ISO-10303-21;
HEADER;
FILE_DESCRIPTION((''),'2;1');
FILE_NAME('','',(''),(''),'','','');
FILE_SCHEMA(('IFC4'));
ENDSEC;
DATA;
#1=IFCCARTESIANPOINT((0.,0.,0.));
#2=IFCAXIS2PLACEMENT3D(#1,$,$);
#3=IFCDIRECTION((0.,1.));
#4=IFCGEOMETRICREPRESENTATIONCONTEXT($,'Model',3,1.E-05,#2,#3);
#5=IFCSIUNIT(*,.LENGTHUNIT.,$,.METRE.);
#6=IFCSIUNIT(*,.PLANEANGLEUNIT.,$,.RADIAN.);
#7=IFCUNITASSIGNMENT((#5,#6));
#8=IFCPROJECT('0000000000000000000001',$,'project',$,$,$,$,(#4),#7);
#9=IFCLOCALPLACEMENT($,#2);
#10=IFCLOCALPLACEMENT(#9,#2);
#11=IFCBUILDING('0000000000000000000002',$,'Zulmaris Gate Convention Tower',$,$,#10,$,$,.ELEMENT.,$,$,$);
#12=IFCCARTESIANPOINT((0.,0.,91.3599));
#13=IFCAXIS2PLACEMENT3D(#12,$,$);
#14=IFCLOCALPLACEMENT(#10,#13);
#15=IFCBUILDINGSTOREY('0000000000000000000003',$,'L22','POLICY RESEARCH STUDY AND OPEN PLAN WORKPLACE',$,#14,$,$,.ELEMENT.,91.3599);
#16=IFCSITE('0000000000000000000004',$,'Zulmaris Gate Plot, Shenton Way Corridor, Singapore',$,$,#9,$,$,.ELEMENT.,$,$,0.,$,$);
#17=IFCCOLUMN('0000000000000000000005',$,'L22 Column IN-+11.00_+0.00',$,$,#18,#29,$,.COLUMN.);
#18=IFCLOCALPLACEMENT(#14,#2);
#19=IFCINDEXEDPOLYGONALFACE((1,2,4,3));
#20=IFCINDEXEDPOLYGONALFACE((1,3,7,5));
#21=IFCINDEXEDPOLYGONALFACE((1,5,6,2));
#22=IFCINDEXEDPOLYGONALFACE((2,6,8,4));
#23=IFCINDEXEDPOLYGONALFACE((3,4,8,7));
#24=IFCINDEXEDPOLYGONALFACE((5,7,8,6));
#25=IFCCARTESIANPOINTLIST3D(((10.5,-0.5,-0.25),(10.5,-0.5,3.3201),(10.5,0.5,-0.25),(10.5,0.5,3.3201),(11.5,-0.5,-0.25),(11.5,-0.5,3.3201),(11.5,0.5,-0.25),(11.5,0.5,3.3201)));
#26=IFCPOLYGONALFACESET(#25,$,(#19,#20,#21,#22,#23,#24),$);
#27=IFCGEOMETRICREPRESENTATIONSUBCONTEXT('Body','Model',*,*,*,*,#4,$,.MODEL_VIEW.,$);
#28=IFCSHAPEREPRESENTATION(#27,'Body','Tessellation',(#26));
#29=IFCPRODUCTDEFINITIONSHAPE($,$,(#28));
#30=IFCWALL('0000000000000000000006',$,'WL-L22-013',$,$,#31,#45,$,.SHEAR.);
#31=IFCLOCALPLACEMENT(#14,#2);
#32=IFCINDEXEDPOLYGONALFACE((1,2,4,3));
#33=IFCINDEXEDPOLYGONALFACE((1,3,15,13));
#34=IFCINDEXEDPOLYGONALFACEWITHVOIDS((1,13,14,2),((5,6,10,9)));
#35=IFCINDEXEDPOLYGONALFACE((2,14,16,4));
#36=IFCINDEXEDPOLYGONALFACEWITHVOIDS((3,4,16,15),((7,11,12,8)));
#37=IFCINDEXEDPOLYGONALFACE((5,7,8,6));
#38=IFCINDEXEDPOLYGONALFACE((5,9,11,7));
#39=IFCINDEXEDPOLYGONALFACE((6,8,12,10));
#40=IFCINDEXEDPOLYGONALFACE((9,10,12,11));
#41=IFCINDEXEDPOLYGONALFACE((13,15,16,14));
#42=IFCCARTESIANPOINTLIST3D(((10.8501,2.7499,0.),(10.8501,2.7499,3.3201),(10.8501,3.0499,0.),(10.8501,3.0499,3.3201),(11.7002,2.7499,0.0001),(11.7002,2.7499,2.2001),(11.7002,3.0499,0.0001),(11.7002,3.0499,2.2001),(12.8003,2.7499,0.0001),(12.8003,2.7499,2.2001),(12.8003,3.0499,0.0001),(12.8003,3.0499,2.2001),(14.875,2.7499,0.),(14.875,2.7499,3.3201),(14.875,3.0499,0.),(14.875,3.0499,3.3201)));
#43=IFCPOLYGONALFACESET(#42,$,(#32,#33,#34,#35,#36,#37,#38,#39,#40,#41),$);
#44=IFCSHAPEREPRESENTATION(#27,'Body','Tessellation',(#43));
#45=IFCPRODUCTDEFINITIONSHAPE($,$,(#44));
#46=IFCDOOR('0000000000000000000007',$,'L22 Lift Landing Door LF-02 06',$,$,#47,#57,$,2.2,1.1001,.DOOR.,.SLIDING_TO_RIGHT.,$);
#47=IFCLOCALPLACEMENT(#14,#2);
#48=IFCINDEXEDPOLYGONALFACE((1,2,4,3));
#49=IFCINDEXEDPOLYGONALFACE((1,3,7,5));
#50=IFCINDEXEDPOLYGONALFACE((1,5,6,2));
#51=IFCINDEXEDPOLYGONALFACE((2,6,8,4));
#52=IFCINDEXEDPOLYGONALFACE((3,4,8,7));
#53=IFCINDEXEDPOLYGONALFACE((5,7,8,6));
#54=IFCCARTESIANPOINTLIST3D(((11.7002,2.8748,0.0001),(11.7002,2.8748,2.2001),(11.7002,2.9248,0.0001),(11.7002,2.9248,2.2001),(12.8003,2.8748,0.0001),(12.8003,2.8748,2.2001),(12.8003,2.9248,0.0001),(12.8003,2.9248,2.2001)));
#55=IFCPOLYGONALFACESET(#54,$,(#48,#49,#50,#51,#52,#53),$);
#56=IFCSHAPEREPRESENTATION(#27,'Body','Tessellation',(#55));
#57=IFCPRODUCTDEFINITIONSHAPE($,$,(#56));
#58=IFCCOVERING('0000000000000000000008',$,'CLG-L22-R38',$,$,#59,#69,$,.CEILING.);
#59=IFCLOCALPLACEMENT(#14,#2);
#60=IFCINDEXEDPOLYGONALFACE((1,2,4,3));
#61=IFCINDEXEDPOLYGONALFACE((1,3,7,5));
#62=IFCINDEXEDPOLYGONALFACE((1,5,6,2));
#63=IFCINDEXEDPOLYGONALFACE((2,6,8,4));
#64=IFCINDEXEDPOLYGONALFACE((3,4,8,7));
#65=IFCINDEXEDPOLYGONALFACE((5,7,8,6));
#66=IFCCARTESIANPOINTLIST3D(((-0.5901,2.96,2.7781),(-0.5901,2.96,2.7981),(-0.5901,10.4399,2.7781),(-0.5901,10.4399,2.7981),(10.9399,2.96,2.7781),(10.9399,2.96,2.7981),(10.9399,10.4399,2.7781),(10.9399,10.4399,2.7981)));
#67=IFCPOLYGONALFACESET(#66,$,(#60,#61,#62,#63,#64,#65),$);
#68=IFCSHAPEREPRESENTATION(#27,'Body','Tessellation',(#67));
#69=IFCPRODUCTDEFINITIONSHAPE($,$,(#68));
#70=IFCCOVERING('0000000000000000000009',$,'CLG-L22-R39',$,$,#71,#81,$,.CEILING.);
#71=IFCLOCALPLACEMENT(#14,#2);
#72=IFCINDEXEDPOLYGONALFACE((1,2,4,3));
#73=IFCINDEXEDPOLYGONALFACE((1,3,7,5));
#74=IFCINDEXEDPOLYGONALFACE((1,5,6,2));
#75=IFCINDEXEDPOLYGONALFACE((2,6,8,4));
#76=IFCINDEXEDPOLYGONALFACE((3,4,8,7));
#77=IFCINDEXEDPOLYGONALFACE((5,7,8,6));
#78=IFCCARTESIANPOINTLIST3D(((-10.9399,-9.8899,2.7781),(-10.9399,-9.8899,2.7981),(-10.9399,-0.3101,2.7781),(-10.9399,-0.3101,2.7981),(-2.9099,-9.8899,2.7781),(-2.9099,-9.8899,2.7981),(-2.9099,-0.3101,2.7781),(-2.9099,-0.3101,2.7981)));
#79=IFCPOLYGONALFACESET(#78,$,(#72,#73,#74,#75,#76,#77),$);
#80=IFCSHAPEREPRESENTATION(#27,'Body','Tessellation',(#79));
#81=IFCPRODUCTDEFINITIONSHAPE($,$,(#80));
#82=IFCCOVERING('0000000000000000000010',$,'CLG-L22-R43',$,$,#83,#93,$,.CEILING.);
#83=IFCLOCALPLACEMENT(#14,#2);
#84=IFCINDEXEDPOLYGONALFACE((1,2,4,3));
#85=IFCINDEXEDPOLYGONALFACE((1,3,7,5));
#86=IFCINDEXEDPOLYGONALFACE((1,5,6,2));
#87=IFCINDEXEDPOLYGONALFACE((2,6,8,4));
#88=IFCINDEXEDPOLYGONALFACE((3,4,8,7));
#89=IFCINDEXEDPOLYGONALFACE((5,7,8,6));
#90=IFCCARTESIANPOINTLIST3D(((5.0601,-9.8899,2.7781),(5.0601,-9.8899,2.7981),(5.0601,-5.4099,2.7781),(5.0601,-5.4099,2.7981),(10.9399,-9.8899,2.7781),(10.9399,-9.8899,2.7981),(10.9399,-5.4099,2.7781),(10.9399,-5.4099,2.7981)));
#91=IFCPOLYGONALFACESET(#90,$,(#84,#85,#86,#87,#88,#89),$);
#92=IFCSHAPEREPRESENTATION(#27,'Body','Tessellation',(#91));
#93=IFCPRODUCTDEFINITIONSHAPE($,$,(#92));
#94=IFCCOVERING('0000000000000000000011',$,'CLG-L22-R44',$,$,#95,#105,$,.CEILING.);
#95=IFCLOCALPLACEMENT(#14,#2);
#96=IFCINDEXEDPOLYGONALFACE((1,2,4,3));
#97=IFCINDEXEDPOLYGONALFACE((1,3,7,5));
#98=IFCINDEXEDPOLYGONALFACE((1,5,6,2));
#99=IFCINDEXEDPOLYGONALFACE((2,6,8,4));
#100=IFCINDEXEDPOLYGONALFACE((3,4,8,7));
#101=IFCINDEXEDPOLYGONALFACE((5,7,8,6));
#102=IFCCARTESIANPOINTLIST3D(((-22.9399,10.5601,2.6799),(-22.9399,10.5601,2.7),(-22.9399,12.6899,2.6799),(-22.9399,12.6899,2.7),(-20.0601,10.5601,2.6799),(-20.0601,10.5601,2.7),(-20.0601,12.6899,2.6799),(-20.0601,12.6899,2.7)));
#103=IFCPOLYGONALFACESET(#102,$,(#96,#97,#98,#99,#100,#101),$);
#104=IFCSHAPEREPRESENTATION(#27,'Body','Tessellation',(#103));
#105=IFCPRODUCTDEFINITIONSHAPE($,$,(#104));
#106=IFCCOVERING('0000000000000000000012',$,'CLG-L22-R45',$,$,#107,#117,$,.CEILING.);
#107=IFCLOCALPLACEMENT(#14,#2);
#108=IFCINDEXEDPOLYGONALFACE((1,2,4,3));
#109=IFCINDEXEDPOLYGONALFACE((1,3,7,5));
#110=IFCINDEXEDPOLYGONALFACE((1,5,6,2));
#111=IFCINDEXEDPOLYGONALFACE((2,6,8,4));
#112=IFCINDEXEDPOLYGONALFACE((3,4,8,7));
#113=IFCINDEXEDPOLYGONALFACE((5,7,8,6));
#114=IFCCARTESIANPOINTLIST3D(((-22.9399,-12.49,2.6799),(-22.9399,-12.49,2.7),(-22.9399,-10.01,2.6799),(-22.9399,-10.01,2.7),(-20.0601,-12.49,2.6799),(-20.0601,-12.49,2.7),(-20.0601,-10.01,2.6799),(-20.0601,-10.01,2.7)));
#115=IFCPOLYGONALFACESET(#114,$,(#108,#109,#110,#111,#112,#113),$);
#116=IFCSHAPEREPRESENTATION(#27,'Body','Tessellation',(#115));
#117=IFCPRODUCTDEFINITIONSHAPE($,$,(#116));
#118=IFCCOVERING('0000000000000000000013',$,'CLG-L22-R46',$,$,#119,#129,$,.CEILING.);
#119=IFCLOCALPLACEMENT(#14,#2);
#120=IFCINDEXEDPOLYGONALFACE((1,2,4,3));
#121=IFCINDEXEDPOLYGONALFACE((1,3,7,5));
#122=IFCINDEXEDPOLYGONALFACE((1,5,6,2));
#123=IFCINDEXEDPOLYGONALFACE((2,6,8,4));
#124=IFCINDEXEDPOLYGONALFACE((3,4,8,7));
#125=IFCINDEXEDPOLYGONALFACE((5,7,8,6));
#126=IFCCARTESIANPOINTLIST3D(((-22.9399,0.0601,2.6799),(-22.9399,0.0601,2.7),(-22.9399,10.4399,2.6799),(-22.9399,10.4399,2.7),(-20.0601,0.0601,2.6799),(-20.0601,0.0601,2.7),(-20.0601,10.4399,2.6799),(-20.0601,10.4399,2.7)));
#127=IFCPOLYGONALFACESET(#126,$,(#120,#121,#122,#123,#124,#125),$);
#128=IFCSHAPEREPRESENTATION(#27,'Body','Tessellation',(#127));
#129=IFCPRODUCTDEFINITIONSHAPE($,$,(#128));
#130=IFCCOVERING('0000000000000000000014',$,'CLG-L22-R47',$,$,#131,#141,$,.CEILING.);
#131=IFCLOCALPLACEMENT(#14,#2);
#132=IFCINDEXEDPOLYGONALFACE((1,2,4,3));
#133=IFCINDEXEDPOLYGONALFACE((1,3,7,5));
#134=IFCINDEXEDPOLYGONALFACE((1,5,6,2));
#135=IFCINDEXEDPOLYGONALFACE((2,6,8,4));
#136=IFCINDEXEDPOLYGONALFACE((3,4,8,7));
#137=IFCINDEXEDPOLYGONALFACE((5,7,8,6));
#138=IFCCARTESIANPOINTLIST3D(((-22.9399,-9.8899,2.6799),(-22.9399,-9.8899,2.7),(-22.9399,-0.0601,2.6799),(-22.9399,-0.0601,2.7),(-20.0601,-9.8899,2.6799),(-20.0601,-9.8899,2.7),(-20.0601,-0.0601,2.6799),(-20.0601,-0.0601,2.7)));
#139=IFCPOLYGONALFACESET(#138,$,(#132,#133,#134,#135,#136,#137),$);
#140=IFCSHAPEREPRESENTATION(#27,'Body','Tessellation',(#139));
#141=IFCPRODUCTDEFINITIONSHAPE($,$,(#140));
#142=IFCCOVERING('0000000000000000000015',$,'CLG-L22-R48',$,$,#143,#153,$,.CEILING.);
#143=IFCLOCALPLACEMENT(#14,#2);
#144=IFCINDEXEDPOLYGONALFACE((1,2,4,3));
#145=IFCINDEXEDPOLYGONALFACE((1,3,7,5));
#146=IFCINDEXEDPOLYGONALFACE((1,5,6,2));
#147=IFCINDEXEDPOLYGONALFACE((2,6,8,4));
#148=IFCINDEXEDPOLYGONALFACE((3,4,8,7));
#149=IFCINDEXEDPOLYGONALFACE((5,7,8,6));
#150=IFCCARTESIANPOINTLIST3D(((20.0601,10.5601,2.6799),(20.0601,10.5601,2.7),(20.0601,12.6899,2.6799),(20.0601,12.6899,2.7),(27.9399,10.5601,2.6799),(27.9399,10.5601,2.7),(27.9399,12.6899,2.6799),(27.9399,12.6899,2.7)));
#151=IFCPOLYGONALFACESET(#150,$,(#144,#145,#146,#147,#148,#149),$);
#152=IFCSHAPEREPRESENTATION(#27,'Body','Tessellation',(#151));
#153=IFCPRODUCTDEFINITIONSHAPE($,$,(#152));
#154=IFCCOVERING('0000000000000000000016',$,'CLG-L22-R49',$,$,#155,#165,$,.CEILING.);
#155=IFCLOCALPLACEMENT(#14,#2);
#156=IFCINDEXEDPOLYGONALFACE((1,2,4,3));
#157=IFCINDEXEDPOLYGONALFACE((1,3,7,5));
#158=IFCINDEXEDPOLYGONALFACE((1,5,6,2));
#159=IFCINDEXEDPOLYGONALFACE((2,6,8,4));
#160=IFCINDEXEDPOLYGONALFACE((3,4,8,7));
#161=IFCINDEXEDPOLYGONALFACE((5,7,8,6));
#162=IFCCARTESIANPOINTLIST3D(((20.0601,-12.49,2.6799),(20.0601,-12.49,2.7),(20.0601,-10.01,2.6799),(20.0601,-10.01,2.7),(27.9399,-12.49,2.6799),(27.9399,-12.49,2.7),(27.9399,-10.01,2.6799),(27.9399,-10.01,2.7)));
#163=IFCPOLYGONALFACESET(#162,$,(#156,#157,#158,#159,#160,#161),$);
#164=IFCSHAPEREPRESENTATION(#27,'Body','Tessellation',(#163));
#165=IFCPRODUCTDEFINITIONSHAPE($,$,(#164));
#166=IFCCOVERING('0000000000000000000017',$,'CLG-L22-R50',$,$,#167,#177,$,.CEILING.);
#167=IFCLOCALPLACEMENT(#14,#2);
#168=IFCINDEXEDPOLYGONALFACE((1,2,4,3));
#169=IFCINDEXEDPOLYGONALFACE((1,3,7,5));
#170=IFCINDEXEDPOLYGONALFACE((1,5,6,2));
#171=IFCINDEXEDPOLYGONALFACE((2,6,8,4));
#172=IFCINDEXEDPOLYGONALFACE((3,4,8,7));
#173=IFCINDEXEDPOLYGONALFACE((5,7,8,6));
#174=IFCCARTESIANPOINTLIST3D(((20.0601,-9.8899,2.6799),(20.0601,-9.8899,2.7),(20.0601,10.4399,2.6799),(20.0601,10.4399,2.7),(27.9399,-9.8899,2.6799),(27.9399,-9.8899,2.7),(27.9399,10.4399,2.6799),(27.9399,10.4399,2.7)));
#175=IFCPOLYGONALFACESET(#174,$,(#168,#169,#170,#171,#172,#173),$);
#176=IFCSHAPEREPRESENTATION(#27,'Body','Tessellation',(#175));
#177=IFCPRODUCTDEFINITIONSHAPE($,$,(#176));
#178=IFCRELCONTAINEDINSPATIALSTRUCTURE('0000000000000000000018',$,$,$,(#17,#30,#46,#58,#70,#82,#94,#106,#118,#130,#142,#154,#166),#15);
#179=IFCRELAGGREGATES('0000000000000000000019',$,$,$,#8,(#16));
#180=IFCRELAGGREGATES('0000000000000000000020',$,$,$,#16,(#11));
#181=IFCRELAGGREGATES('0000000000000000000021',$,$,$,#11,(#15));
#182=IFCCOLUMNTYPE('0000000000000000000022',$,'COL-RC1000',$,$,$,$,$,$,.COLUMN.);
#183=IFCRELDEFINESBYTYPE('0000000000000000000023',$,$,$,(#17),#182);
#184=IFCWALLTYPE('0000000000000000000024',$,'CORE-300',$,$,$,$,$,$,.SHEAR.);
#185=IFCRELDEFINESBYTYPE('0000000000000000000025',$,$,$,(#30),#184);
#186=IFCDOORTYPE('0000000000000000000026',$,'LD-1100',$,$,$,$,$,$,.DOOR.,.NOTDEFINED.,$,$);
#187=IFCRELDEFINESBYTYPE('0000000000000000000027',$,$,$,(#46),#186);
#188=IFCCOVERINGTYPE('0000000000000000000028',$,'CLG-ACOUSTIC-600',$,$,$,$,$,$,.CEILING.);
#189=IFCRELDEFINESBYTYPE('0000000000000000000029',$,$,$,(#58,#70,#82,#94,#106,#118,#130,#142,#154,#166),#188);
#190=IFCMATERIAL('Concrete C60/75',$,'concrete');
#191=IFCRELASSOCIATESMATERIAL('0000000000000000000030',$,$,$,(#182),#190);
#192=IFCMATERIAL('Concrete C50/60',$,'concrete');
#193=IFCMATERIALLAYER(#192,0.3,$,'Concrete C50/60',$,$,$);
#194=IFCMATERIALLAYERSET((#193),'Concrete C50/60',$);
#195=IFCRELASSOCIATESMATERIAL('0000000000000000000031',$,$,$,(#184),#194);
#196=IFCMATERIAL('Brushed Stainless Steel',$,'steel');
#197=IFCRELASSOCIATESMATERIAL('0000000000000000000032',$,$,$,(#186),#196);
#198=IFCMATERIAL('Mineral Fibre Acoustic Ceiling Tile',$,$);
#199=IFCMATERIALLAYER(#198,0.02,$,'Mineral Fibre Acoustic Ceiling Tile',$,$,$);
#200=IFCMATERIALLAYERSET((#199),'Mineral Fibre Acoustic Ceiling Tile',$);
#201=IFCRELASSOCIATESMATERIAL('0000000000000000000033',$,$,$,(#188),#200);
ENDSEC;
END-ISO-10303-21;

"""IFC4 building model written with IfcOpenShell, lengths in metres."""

from ifc_helpers import new_model, si_unit, direction, frame, frame_2d, origin, origin_2d, place, context, subcontext, project, spatial, polyline, rectangle, outline, extrude, material, layer, layer_set, material_profile, profile_set, type_object, element, fill, save


model = new_model("IFC4")

# Units and contexts
model_context = context("Model", 3, precision=1e-05, world=origin(), true_north=direction((0.0, 1.0)))
body_context = subcontext(model_context, "Body", "Model", "MODEL_VIEW")
ifc_project = project(units=[si_unit("LENGTHUNIT", "METRE"), si_unit("PLANEANGLEUNIT", "RADIAN")], contexts=[model_context])

# Site, building, storey
site_placement = place(None, origin())
site = spatial("IfcSite", under=ifc_project, at=site_placement, Name="Zulmaris Gate Plot, Shenton Way Corridor, Singapore", CompositionType="ELEMENT", RefElevation=0.0)
building_placement = place(site_placement, origin())
building = spatial("IfcBuilding", under=site, at=building_placement, Name="Zulmaris Gate Convention Tower", CompositionType="ELEMENT")
storey_placement = place(building_placement, frame((0.0, 0.0, 91.3599)))
storey = spatial("IfcBuildingStorey", under=building, at=storey_placement, Name="L22", Description="POLICY RESEARCH STUDY AND OPEN PLAN WORKPLACE", CompositionType="ELEMENT", Elevation=91.3599)

# Column
ifc_material_1 = material(Name="Concrete C60/75", Category="concrete")
ifc_material_profile = material_profile(ifc_material_1, rectangle(XDim=1.0, YDim=1.0, at=origin_2d()), Name="RC COL 1000x1000")
ifc_profile_set = profile_set([ifc_material_profile], Name="Concrete C60/75")
column_type = type_object("IfcColumnType", Name="COL-RC1000", PredefinedType="COLUMN", material=ifc_profile_set)
column_placement = place(storey_placement, frame((11.0, 0.0, -0.25), z_axis=(0.0, 0.0, 1.0), x_axis=(1.0, 0.0, 0.0)))
element("IfcColumn", 1, at=column_placement, inside=storey, type_object=column_type, Name="L22 Column IN-+11.00_+0.00", PredefinedType="COLUMN", context=body_context, shape_type="SweptSolid", body=[
    extrude(rectangle(XDim=1.0, YDim=1.0, at=origin_2d()), origin(), (0.0, 0.0, 1.0), 3.5701),
])

# Wall, opening, door
ifc_material_2 = material(Name="Concrete C50/60", Category="concrete")
ifc_layer_1 = layer(ifc_material_2, 0.3, Name="Concrete C50/60")
ifc_layer_set_1 = layer_set([ifc_layer_1], Name="Concrete C50/60")
wall_type = type_object("IfcWallType", Name="CORE-300", PredefinedType="SHEAR", material=ifc_layer_set_1)
wall_1_placement = place(storey_placement, frame((10.8501, 2.8999, 0.0), z_axis=(0.0, 0.0, 1.0), x_axis=(1.0, 0.0, 0.0)))
wall_1 = element("IfcWall", 2, at=wall_1_placement, inside=storey, type_object=wall_type, Name="WL-L22-013", PredefinedType="SHEAR", context=body_context, shape_type="SweptSolid", body=[
    extrude(rectangle(XDim=4.0249, YDim=0.3, at=frame_2d((2.0125, 0.0))), origin(), (0.0, 0.0, 1.0), 3.3201),
])
opening_1_placement = place(wall_1_placement, frame((0.8501, 0.0, 0.0)))
opening_1 = element("IfcOpeningElement", 3, at=opening_1_placement, cuts=wall_1, PredefinedType="OPENING", context=body_context, shape_type="SweptSolid", body=[
    extrude(rectangle(XDim=1.1001, YDim=2.2, at=frame_2d((0.55, 1.1001))), frame((0.0, 0.1602, 0.0), z_axis=(0.0, -1.0, 0.0), x_axis=(1.0, 0.0, 0.0)), (0.0, 0.0, 1.0), 0.3201),
])
ifc_material_3 = material(Name="Brushed Stainless Steel", Category="steel")
door_type_1 = type_object("IfcDoorType", Name="LD-1100", OperationType="NOTDEFINED", PredefinedType="DOOR", material=ifc_material_3)
door_1_placement = place(opening_1_placement, origin())
door_1 = element("IfcDoor", 4, at=door_1_placement, inside=storey, type_object=door_type_1, Name="L22 Lift Landing Door LF-02 06", OperationType="SLIDING_TO_RIGHT", OverallHeight=2.2, OverallWidth=1.1001, PredefinedType="DOOR", context=body_context, shape_type="SweptSolid", body=[
    extrude(rectangle(XDim=1.1001, YDim=2.2, at=frame_2d((0.55, 1.1001))), frame((0.0, 0.0249, 0.0), z_axis=(0.0, -1.0, 0.0), x_axis=(1.0, 0.0, 0.0)), (0.0, 0.0, 1.0), 0.05),
])
fill(opening_1, door_1)

# Coverings
ifc_material_4 = material(Name="Mineral Fibre Acoustic Ceiling Tile")
ifc_layer_2 = layer(ifc_material_4, 0.02, Name="Mineral Fibre Acoustic Ceiling Tile")
ifc_layer_set_2 = layer_set([ifc_layer_2], Name="Mineral Fibre Acoustic Ceiling Tile")
covering_type_1 = type_object("IfcCoveringType", Name="CLG-ACOUSTIC-600", PredefinedType="CEILING", material=ifc_layer_set_2)
covering_1_placement = place(storey_placement, frame((0.0, 0.0, 2.7781)))
element("IfcCovering", 5, at=covering_1_placement, inside=storey, type_object=covering_type_1, Name="CLG-L22-R38", PredefinedType="CEILING", context=body_context, shape_type="SweptSolid", body=[
    extrude(outline(polyline([(-0.5901, 2.96), (10.9399, 2.96), (10.9399, 10.4399), (-0.5901, 10.4399), (-0.5901, 2.96)])), origin(), (0.0, 0.0, 1.0), 0.02),
])
covering_2_placement = place(storey_placement, frame((0.0, 0.0, 2.7781)))
element("IfcCovering", 6, at=covering_2_placement, inside=storey, type_object=covering_type_1, Name="CLG-L22-R39", PredefinedType="CEILING", context=body_context, shape_type="SweptSolid", body=[
    extrude(outline(polyline([(-10.9399, -9.8899), (-2.9099, -9.8899), (-2.9099, -0.3101), (-10.9399, -0.3101), (-10.9399, -9.8899)])), origin(), (0.0, 0.0, 1.0), 0.02),
])
covering_3_placement = place(storey_placement, frame((0.0, 0.0, 2.7781)))
element("IfcCovering", 7, at=covering_3_placement, inside=storey, type_object=covering_type_1, Name="CLG-L22-R43", PredefinedType="CEILING", context=body_context, shape_type="SweptSolid", body=[
    extrude(outline(polyline([(5.0601, -9.8899), (10.9399, -9.8899), (10.9399, -5.4099), (5.0601, -5.4099), (5.0601, -9.8899)])), origin(), (0.0, 0.0, 1.0), 0.02),
])
covering_4_placement = place(storey_placement, frame((0.0, 0.0, 2.6799)))
element("IfcCovering", 8, at=covering_4_placement, inside=storey, type_object=covering_type_1, Name="CLG-L22-R44", PredefinedType="CEILING", context=body_context, shape_type="SweptSolid", body=[
    extrude(outline(polyline([(-22.9399, 10.5601), (-20.0601, 10.5601), (-20.0601, 12.6899), (-22.9399, 12.6899), (-22.9399, 10.5601)])), origin(), (0.0, 0.0, 1.0), 0.02),
])
covering_5_placement = place(storey_placement, frame((0.0, 0.0, 2.6799)))
element("IfcCovering", 9, at=covering_5_placement, inside=storey, type_object=covering_type_1, Name="CLG-L22-R45", PredefinedType="CEILING", context=body_context, shape_type="SweptSolid", body=[
    extrude(outline(polyline([(-22.9399, -12.49), (-20.0601, -12.49), (-20.0601, -10.01), (-22.9399, -10.01), (-22.9399, -12.49)])), origin(), (0.0, 0.0, 1.0), 0.02),
])
covering_6_placement = place(storey_placement, frame((0.0, 0.0, 2.6799)))
element("IfcCovering", 10, at=covering_6_placement, inside=storey, type_object=covering_type_1, Name="CLG-L22-R46", PredefinedType="CEILING", context=body_context, shape_type="SweptSolid", body=[
    extrude(outline(polyline([(-22.9399, 0.0601), (-20.0601, 0.0601), (-20.0601, 10.4399), (-22.9399, 10.4399), (-22.9399, 0.0601)])), origin(), (0.0, 0.0, 1.0), 0.02),
])
covering_7_placement = place(storey_placement, frame((0.0, 0.0, 2.6799)))
element("IfcCovering", 11, at=covering_7_placement, inside=storey, type_object=covering_type_1, Name="CLG-L22-R47", PredefinedType="CEILING", context=body_context, shape_type="SweptSolid", body=[
    extrude(outline(polyline([(-22.9399, -9.8899), (-20.0601, -9.8899), (-20.0601, -0.0601), (-22.9399, -0.0601), (-22.9399, -9.8899)])), origin(), (0.0, 0.0, 1.0), 0.02),
])
covering_8_placement = place(storey_placement, frame((0.0, 0.0, 2.6799)))
element("IfcCovering", 12, at=covering_8_placement, inside=storey, type_object=covering_type_1, Name="CLG-L22-R48", PredefinedType="CEILING", context=body_context, shape_type="SweptSolid", body=[
    extrude(outline(polyline([(20.0601, 10.5601), (27.9399, 10.5601), (27.9399, 12.6899), (20.0601, 12.6899), (20.0601, 10.5601)])), origin(), (0.0, 0.0, 1.0), 0.02),
])
covering_9_placement = place(storey_placement, frame((0.0, 0.0, 2.6799)))
element("IfcCovering", 13, at=covering_9_placement, inside=storey, type_object=covering_type_1, Name="CLG-L22-R49", PredefinedType="CEILING", context=body_context, shape_type="SweptSolid", body=[
    extrude(outline(polyline([(20.0601, -12.49), (27.9399, -12.49), (27.9399, -10.01), (20.0601, -10.01), (20.0601, -12.49)])), origin(), (0.0, 0.0, 1.0), 0.02),
])
covering_10_placement = place(storey_placement, frame((0.0, 0.0, 2.6799)))
element("IfcCovering", 14, at=covering_10_placement, inside=storey, type_object=covering_type_1, Name="CLG-L22-R50", PredefinedType="CEILING", context=body_context, shape_type="SweptSolid", body=[
    extrude(outline(polyline([(20.0601, -9.8899), (27.9399, -9.8899), (27.9399, 10.4399), (20.0601, 10.4399), (20.0601, -9.8899)])), origin(), (0.0, 0.0, 1.0), 0.02),
])

save(model, "model.ifc")
